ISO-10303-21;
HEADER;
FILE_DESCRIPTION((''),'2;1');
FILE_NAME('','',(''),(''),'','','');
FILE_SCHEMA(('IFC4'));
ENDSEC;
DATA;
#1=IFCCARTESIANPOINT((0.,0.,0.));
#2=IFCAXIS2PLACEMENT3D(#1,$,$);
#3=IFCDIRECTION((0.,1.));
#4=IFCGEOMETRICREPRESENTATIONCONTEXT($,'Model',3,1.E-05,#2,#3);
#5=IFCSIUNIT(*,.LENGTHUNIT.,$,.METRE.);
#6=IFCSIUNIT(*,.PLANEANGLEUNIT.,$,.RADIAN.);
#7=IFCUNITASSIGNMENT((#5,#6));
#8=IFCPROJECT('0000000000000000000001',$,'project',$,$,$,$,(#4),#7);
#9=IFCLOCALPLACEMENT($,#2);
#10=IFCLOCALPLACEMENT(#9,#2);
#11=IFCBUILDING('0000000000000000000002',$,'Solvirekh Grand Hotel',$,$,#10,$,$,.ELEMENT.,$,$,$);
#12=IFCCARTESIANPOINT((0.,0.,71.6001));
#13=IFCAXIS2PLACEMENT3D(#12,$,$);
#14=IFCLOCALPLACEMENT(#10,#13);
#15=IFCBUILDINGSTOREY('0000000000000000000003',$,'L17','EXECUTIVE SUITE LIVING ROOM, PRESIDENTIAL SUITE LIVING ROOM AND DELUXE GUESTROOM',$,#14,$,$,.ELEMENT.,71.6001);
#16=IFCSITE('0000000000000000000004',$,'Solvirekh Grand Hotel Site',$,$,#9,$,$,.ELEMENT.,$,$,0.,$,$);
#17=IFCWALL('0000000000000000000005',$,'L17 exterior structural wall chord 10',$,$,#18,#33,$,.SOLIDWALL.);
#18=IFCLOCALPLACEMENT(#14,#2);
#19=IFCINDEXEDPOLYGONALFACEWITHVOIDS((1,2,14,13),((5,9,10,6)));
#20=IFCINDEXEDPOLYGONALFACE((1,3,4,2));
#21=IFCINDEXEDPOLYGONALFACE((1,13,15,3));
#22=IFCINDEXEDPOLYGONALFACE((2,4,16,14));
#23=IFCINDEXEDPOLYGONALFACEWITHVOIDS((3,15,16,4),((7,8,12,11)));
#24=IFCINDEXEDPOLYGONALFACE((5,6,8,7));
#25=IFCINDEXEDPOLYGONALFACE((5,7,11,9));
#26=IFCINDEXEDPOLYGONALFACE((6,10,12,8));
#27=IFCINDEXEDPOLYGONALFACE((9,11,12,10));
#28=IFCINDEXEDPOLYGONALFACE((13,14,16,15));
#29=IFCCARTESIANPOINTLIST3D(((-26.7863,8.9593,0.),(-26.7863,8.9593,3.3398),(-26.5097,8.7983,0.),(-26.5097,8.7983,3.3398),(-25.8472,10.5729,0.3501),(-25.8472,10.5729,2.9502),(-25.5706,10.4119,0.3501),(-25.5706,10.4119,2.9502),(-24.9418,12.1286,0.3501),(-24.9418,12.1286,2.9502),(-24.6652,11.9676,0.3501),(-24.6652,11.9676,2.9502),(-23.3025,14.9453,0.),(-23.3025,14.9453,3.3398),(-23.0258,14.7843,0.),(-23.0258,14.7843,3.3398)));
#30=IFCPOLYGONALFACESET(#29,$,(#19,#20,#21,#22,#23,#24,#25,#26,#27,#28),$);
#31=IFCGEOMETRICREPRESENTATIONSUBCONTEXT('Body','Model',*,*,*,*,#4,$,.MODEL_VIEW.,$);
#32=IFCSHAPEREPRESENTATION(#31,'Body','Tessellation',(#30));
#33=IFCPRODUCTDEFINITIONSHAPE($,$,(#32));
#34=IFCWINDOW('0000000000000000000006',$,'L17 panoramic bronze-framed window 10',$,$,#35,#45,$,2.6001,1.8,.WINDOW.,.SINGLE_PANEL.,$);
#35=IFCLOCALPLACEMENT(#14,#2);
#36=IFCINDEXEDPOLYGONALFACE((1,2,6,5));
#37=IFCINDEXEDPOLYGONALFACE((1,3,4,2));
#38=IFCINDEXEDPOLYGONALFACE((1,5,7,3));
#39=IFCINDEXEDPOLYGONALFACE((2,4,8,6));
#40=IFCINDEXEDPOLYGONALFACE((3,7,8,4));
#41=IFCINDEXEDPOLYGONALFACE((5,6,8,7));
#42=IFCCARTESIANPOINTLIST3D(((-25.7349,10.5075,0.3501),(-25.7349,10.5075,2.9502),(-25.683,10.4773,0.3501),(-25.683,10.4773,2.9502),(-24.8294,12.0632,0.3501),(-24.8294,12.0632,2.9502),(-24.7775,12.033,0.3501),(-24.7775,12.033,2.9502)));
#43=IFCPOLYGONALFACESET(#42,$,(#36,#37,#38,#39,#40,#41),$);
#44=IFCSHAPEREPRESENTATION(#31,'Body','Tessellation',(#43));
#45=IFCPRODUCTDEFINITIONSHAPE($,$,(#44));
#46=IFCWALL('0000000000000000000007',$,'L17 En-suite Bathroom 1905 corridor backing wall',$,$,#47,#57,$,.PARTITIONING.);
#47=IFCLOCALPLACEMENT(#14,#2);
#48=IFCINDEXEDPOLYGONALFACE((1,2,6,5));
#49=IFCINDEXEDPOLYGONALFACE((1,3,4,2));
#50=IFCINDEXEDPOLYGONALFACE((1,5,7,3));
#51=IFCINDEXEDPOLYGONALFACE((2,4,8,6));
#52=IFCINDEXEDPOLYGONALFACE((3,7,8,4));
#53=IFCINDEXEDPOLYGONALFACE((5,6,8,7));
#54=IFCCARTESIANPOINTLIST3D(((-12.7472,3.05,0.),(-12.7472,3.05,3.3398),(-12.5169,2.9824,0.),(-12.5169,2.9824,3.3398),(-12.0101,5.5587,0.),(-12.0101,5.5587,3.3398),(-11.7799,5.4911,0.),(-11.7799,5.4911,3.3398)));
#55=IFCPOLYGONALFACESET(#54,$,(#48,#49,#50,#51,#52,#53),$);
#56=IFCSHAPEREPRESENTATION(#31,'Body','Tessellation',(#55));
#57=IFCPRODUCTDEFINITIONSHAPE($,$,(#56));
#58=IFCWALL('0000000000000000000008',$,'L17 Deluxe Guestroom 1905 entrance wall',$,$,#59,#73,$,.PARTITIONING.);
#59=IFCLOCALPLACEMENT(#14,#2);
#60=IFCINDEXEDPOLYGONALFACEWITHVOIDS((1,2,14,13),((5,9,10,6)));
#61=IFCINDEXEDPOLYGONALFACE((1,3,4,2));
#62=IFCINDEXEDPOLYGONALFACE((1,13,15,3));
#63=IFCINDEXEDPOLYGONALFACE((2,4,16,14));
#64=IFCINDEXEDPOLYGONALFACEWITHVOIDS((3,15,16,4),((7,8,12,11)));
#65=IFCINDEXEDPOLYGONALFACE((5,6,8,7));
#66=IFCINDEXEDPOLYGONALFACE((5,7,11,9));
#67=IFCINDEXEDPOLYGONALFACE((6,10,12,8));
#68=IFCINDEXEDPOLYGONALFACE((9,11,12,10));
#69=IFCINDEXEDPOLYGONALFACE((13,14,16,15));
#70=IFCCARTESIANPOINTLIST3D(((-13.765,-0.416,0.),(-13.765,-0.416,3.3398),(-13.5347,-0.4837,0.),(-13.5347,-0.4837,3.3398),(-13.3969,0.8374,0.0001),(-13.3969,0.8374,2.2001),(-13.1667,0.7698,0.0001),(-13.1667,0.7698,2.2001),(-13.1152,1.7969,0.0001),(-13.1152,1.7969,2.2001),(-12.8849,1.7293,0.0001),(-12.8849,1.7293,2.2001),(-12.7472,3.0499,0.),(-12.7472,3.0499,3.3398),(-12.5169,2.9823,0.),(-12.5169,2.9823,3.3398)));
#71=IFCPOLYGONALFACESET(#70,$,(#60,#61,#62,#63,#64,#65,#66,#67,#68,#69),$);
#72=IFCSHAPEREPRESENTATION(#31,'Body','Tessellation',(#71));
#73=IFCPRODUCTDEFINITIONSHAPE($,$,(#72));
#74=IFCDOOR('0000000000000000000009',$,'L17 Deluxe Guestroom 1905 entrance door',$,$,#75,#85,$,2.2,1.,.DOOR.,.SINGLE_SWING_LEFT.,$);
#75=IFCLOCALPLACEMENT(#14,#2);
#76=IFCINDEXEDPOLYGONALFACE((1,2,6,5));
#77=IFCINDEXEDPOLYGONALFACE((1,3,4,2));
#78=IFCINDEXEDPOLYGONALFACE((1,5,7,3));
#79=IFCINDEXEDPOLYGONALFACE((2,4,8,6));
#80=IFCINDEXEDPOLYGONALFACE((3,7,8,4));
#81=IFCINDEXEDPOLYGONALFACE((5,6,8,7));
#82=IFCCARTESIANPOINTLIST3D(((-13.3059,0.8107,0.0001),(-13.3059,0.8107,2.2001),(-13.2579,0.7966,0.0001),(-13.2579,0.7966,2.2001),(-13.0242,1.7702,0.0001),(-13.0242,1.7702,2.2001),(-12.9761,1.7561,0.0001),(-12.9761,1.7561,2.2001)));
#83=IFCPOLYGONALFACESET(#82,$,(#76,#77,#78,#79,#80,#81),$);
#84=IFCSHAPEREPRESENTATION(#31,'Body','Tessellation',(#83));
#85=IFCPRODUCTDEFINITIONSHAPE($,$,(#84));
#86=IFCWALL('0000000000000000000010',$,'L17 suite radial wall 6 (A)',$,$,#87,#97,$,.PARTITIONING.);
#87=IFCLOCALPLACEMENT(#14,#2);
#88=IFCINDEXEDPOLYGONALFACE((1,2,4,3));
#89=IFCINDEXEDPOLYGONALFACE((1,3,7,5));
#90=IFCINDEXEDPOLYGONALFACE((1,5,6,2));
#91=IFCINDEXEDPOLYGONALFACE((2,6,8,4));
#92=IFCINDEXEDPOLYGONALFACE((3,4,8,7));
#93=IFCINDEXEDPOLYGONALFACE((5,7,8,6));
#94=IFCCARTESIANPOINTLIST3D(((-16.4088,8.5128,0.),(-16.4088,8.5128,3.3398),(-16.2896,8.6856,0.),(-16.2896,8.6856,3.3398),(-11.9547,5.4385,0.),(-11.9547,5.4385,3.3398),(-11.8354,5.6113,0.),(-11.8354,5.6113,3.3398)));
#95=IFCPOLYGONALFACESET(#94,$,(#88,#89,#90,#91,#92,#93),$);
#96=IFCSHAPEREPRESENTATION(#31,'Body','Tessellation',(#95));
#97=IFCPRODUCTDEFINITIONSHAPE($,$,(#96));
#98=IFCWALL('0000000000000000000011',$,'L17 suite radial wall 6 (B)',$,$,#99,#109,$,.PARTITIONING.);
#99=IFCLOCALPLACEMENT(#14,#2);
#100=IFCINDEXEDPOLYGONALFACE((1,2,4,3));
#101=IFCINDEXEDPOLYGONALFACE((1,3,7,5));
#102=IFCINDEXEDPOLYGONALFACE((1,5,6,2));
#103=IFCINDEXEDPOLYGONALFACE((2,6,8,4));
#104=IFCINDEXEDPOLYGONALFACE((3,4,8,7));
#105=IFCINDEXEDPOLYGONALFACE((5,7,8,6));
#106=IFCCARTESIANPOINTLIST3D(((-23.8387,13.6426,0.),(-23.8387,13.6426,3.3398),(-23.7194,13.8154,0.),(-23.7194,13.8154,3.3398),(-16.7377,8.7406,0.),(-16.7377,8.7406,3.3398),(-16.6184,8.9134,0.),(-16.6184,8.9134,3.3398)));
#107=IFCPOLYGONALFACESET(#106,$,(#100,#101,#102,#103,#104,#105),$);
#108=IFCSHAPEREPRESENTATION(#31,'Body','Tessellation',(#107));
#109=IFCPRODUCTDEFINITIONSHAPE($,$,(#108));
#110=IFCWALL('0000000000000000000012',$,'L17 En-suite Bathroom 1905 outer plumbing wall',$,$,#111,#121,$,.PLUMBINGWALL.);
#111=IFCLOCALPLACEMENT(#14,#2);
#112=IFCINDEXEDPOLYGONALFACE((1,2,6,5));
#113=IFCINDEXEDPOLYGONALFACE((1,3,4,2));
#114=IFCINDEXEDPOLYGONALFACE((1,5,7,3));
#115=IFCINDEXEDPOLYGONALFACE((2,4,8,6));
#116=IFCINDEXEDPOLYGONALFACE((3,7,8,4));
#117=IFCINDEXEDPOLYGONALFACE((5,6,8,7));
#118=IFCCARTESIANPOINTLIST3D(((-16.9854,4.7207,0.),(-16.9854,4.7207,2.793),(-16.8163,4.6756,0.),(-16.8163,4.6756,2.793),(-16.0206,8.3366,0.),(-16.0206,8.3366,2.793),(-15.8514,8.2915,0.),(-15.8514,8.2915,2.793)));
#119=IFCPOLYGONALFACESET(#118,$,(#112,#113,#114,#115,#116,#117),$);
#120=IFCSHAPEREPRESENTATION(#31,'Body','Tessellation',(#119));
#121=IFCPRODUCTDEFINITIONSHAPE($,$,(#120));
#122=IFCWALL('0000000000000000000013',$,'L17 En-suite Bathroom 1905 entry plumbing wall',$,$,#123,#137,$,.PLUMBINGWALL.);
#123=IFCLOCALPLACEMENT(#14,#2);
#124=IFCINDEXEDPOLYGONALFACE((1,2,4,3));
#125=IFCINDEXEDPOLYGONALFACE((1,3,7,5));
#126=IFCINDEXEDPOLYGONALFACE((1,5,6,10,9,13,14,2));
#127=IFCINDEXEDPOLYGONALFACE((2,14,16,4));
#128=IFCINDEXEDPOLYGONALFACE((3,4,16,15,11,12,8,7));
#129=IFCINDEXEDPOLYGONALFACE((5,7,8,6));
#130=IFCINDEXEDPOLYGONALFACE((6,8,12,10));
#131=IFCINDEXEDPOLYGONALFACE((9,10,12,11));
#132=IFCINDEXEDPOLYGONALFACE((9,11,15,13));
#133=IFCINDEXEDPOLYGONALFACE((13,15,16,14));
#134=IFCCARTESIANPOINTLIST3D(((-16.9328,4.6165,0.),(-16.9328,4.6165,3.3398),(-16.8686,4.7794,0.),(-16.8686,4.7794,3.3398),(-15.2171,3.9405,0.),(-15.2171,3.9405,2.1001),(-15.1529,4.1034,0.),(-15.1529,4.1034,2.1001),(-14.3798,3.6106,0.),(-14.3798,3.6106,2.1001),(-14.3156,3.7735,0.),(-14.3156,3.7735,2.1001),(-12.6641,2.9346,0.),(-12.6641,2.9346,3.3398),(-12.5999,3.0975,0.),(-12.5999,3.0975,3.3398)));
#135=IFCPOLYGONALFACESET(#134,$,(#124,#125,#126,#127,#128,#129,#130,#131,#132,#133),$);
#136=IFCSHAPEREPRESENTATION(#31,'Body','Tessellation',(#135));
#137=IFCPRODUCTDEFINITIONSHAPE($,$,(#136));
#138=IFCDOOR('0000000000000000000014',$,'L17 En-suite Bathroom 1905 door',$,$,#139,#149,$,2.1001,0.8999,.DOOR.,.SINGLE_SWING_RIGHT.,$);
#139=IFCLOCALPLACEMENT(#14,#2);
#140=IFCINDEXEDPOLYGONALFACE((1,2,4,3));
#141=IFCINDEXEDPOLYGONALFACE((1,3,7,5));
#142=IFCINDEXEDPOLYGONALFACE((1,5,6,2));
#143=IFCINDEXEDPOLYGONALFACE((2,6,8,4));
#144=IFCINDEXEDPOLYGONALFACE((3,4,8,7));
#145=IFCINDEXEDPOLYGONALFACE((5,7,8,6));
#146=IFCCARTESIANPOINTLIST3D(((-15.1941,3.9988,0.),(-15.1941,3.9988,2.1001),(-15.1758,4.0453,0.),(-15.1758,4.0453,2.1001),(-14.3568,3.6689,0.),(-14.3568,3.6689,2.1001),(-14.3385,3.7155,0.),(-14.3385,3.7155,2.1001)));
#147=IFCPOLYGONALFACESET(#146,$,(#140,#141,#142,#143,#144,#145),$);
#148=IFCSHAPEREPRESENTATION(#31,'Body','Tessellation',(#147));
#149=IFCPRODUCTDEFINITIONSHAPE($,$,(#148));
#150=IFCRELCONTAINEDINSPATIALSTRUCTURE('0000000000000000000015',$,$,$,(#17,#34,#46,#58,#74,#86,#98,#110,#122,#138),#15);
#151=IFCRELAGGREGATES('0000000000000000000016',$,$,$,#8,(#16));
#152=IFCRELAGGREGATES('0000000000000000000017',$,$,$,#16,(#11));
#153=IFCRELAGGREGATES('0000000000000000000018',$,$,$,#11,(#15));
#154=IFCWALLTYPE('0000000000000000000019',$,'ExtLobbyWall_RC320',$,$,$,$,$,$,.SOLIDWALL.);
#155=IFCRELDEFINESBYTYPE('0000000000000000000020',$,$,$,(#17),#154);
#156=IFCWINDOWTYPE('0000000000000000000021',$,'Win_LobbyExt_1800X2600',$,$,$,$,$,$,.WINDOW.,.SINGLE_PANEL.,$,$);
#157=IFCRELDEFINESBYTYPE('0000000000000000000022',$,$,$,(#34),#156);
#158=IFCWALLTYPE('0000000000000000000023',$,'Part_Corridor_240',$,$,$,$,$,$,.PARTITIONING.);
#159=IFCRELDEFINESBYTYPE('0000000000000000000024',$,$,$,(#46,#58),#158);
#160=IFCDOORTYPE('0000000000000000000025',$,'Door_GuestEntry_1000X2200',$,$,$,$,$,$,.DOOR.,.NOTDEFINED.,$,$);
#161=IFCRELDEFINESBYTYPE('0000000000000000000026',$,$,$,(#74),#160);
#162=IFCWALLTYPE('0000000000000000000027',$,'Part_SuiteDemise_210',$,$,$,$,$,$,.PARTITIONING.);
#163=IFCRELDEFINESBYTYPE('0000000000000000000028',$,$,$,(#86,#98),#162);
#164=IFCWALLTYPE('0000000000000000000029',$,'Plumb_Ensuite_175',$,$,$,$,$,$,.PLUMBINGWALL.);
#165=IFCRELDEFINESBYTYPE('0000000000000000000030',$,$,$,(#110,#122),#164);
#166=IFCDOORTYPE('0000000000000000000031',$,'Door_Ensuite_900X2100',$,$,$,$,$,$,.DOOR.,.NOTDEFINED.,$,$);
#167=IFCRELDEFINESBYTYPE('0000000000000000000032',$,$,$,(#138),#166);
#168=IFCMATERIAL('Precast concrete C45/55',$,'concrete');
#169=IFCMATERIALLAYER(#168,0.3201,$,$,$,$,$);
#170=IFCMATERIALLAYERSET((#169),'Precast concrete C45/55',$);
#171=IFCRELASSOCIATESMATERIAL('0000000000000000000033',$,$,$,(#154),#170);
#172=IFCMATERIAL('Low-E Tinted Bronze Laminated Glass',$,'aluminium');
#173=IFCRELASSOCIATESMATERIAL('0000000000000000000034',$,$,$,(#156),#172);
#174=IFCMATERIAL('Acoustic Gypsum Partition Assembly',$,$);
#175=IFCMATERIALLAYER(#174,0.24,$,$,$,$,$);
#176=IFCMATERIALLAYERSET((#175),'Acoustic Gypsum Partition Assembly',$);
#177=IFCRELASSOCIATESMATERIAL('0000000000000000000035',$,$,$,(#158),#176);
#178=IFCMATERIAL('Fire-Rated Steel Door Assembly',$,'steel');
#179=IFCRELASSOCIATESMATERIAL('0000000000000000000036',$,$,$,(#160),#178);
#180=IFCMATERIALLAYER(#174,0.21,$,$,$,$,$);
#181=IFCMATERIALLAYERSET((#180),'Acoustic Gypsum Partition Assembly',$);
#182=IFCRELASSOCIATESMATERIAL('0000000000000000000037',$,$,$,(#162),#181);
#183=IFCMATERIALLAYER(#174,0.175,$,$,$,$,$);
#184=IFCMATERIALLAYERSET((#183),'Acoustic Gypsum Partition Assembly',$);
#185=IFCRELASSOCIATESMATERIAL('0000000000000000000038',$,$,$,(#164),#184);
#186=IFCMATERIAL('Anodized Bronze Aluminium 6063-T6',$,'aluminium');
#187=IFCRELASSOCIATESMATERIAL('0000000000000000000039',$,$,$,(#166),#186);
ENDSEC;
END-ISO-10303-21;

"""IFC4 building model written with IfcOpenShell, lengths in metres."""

from ifc_helpers import new_model, si_unit, direction, frame, frame_2d, origin, place, context, subcontext, project, spatial, rectangle, extrude, material, layer, layer_set, type_object, element, fill, save


model = new_model("IFC4")

# Units and contexts
model_context = context("Model", 3, precision=1e-05, world=origin(), true_north=direction((0.0, 1.0)))
body_context = subcontext(model_context, "Body", "Model", "MODEL_VIEW")
ifc_project = project(units=[si_unit("LENGTHUNIT", "METRE"), si_unit("PLANEANGLEUNIT", "RADIAN")], contexts=[model_context])

# Site, building, storey
site_placement = place(None, origin())
site = spatial("IfcSite", under=ifc_project, at=site_placement, Name="Solvirekh Grand Hotel Site", CompositionType="ELEMENT", RefElevation=0.0)
building_placement = place(site_placement, origin())
building = spatial("IfcBuilding", under=site, at=building_placement, Name="Solvirekh Grand Hotel", CompositionType="ELEMENT")
storey_placement = place(building_placement, frame((0.0, 0.0, 71.6001)))
storey = spatial("IfcBuildingStorey", under=building, at=storey_placement, Name="L17", Description="EXECUTIVE SUITE LIVING ROOM, PRESIDENTIAL SUITE LIVING ROOM AND DELUXE GUESTROOM", CompositionType="ELEMENT", Elevation=71.6001)

# Shared definitions
ifc_material_1 = material(Name="Anodized Bronze Aluminium 6063-T6", Category="aluminium")
ifc_material_2 = material(Name="Low-E Tinted Bronze Laminated Glass", Category="aluminium")

# Wall, opening, window
ifc_material_3 = material(Name="Precast concrete C45/55", Category="concrete")
ifc_layer_1 = layer(ifc_material_3, 0.3201)
ifc_layer_set_1 = layer_set([ifc_layer_1], Name="Precast concrete C45/55")
wall_type_1 = type_object("IfcWallType", Name="ExtLobbyWall_RC320", PredefinedType="SOLIDWALL", material=ifc_layer_set_1)
wall_1_placement = place(storey_placement, frame((-26.6479, 8.8789, 0.0), z_axis=(0.0, 0.0, 1.0), x_axis=(0.503009, 0.864281, 0.0)))
wall_1 = element("IfcWall", 1, at=wall_1_placement, inside=storey, type_object=wall_type_1, Name="L17 exterior structural wall chord 10", PredefinedType="SOLIDWALL", context=body_context, shape_type="SweptSolid", body=[
    extrude(rectangle(XDim=6.926, YDim=0.3201, at=frame_2d((3.4629, 0.0))), origin(), (0.0, 0.0, 1.0), 3.3398),
])
opening_1_placement = place(wall_1_placement, frame((1.8669, 0.0, 0.3501)))
opening_1 = element("IfcOpeningElement", 2, at=opening_1_placement, cuts=wall_1, PredefinedType="OPENING", context=body_context, shape_type="SweptSolid", body=[
    extrude(rectangle(XDim=1.8, YDim=2.6001, at=frame_2d((0.8999, 1.3))), frame((0.0, 0.1699, 0.0), z_axis=(0.0, -1.0, 0.0), x_axis=(1.0, 0.0, 0.0)), (0.0, 0.0, 1.0), 0.3401),
])
window_type = type_object("IfcWindowType", Name="Win_LobbyExt_1800X2600", PartitioningType="SINGLE_PANEL", PredefinedType="WINDOW", material=ifc_material_2)
window_placement = place(opening_1_placement, origin())
window = element("IfcWindow", 3, at=window_placement, inside=storey, type_object=window_type, Name="L17 panoramic bronze-framed window 10", OverallHeight=2.6001, OverallWidth=1.8, PartitioningType="SINGLE_PANEL", PredefinedType="WINDOW", context=body_context, shape_type="SweptSolid", body=[
    extrude(rectangle(XDim=1.8, YDim=2.6001, at=frame_2d((0.8999, 1.3))), frame((0.0, 0.03, 0.0), z_axis=(0.0, -1.0, 0.0), x_axis=(1.0, 0.0, 0.0)), (0.0, 0.0, 1.0), 0.0601),
])
fill(opening_1, window)

# Wall
ifc_material_4 = material(Name="Acoustic Gypsum Partition Assembly")
ifc_layer_2 = layer(ifc_material_4, 0.24)
ifc_layer_set_2 = layer_set([ifc_layer_2], Name="Acoustic Gypsum Partition Assembly")
wall_type_2 = type_object("IfcWallType", Name="Part_Corridor_240", PredefinedType="PARTITIONING", material=ifc_layer_set_2)
wall_2_placement = place(storey_placement, frame((-11.895, 5.5249, 0.0), z_axis=(0.0, 0.0, 1.0), x_axis=(-0.281878, -0.95945, 0.0)))
element("IfcWall", 4, at=wall_2_placement, inside=storey, type_object=wall_type_2, Name="L17 En-suite Bathroom 1905 corridor backing wall", PredefinedType="PARTITIONING", context=body_context, shape_type="SweptSolid", body=[
    extrude(rectangle(XDim=2.6147, YDim=0.24, at=frame_2d((1.3074, 0.0))), origin(), (0.0, 0.0, 1.0), 3.3398),
])

# Wall, opening, door
wall_3_placement = place(storey_placement, frame((-12.6321, 3.0161, 0.0), z_axis=(0.0, 0.0, 1.0), x_axis=(-0.281756, -0.959486, 0.0)))
wall_3 = element("IfcWall", 5, at=wall_3_placement, inside=storey, type_object=wall_type_2, Name="L17 Deluxe Guestroom 1905 entrance wall", PredefinedType="PARTITIONING", context=body_context, shape_type="SweptSolid", body=[
    extrude(rectangle(XDim=3.6123, YDim=0.24, at=frame_2d((1.8062, 0.0))), origin(), (0.0, 0.0, 1.0), 3.3398),
])
opening_2_placement = place(wall_3_placement, frame((1.3059, 0.0, 0.0)))
opening_2 = element("IfcOpeningElement", 6, at=opening_2_placement, cuts=wall_3, PredefinedType="OPENING", context=body_context, shape_type="SweptSolid", body=[
    extrude(rectangle(XDim=1.0, YDim=2.2, at=frame_2d((0.5, 1.1001))), frame((0.0, 0.1299, 0.0), z_axis=(0.0, -1.0, 0.0), x_axis=(1.0, 0.0, 0.0)), (0.0, 0.0, 1.0), 0.26),
])
ifc_material_5 = material(Name="Fire-Rated Steel Door Assembly", Category="steel")
door_type_1 = type_object("IfcDoorType", Name="Door_GuestEntry_1000X2200", OperationType="NOTDEFINED", PredefinedType="DOOR", material=ifc_material_5)
door_1_placement = place(opening_2_placement, origin())
door_1 = element("IfcDoor", 7, at=door_1_placement, inside=storey, type_object=door_type_1, Name="L17 Deluxe Guestroom 1905 entrance door", OperationType="SINGLE_SWING_LEFT", OverallHeight=2.2, OverallWidth=1.0, PredefinedType="DOOR", context=body_context, shape_type="SweptSolid", body=[
    extrude(rectangle(XDim=1.0, YDim=2.2, at=frame_2d((0.5, 1.1001))), frame((0.0, 0.0249, 0.0), z_axis=(0.0, -1.0, 0.0), x_axis=(1.0, 0.0, 0.0)), (0.0, 0.0, 1.0), 0.05),
])
fill(opening_2, door_1)

# Walls
ifc_layer_3 = layer(ifc_material_4, 0.21)
ifc_layer_set_3 = layer_set([ifc_layer_3], Name="Acoustic Gypsum Partition Assembly")
wall_type_3 = type_object("IfcWallType", Name="Part_SuiteDemise_210", PredefinedType="PARTITIONING", material=ifc_layer_set_3)
wall_4_placement = place(storey_placement, frame((-11.895, 5.5249, 0.0), z_axis=(0.0, 0.0, 1.0), x_axis=(-0.823003, 0.568037, 0.0)))
element("IfcWall", 8, at=wall_4_placement, inside=storey, type_object=wall_type_3, Name="L17 suite radial wall 6 (A)", PredefinedType="PARTITIONING", context=body_context, shape_type="SweptSolid", body=[
    extrude(rectangle(XDim=5.4121, YDim=0.21, at=frame_2d((2.7061, 0.0))), origin(), (0.0, 0.0, 1.0), 3.3398),
])
wall_5_placement = place(storey_placement, frame((-16.678, 8.8269, 0.0), z_axis=(0.0, 0.0, 1.0), x_axis=(-0.822952, 0.56811, 0.0)))
element("IfcWall", 9, at=wall_5_placement, inside=storey, type_object=wall_type_3, Name="L17 suite radial wall 6 (B)", PredefinedType="PARTITIONING", context=body_context, shape_type="SweptSolid", body=[
    extrude(rectangle(XDim=8.6287, YDim=0.21, at=frame_2d((4.3145, 0.0))), origin(), (0.0, 0.0, 1.0), 3.3398),
])
ifc_layer_4 = layer(ifc_material_4, 0.175)
ifc_layer_set_4 = layer_set([ifc_layer_4], Name="Acoustic Gypsum Partition Assembly")
wall_type_4 = type_object("IfcWallType", Name="Plumb_Ensuite_175", PredefinedType="PLUMBINGWALL", material=ifc_layer_set_4)
wall_6_placement = place(storey_placement, frame((-15.936, 8.314, 0.0), z_axis=(0.0, 0.0, 1.0), x_axis=(-0.257809, -0.966196, 0.0)))
element("IfcWall", 10, at=wall_6_placement, inside=storey, type_object=wall_type_4, Name="L17 En-suite Bathroom 1905 outer plumbing wall", PredefinedType="PLUMBINGWALL", context=body_context, shape_type="SweptSolid", body=[
    extrude(rectangle(XDim=3.7424, YDim=0.175, at=frame_2d((1.8711, 0.0))), origin(), (0.0, 0.0, 1.0), 2.793),
])

# Wall, opening, door
wall_7_placement = place(storey_placement, frame((-12.6321, 3.0161, 0.0), z_axis=(0.0, 0.0, 1.0), x_axis=(-0.930391, 0.366569, 0.0)))
wall_7 = element("IfcWall", 11, at=wall_7_placement, inside=storey, type_object=wall_type_4, Name="L17 En-suite Bathroom 1905 entry plumbing wall", PredefinedType="PLUMBINGWALL", context=body_context, shape_type="SweptSolid", body=[
    extrude(rectangle(XDim=4.5881, YDim=0.175, at=frame_2d((2.2939, 0.0))), origin(), (0.0, 0.0, 1.0), 3.3398),
])
opening_3_placement = place(wall_7_placement, frame((1.844, 0.0, 0.0)))
opening_3 = element("IfcOpeningElement", 12, at=opening_3_placement, cuts=wall_7, PredefinedType="OPENING", context=body_context, shape_type="SweptSolid", body=[
    extrude(rectangle(XDim=0.8999, YDim=2.1001, at=frame_2d((0.45, 1.05))), frame((0.0, 0.0977, 0.0), z_axis=(0.0, -1.0, 0.0), x_axis=(1.0, 0.0, 0.0)), (0.0, 0.0, 1.0), 0.1951),
])
door_type_2 = type_object("IfcDoorType", Name="Door_Ensuite_900X2100", OperationType="NOTDEFINED", PredefinedType="DOOR", material=ifc_material_1)
door_2_placement = place(opening_3_placement, origin())
door_2 = element("IfcDoor", 13, at=door_2_placement, inside=storey, type_object=door_type_2, Name="L17 En-suite Bathroom 1905 door", OperationType="SINGLE_SWING_RIGHT", OverallHeight=2.1001, OverallWidth=0.8999, PredefinedType="DOOR", context=body_context, shape_type="SweptSolid", body=[
    extrude(rectangle(XDim=0.8999, YDim=2.1001, at=frame_2d((0.45, 1.05))), frame((0.0, 0.0249, 0.0), z_axis=(0.0, -1.0, 0.0), x_axis=(1.0, 0.0, 0.0)), (0.0, 0.0, 1.0), 0.05),
])
fill(opening_3, door_2)

save(model, "model.ifc")
